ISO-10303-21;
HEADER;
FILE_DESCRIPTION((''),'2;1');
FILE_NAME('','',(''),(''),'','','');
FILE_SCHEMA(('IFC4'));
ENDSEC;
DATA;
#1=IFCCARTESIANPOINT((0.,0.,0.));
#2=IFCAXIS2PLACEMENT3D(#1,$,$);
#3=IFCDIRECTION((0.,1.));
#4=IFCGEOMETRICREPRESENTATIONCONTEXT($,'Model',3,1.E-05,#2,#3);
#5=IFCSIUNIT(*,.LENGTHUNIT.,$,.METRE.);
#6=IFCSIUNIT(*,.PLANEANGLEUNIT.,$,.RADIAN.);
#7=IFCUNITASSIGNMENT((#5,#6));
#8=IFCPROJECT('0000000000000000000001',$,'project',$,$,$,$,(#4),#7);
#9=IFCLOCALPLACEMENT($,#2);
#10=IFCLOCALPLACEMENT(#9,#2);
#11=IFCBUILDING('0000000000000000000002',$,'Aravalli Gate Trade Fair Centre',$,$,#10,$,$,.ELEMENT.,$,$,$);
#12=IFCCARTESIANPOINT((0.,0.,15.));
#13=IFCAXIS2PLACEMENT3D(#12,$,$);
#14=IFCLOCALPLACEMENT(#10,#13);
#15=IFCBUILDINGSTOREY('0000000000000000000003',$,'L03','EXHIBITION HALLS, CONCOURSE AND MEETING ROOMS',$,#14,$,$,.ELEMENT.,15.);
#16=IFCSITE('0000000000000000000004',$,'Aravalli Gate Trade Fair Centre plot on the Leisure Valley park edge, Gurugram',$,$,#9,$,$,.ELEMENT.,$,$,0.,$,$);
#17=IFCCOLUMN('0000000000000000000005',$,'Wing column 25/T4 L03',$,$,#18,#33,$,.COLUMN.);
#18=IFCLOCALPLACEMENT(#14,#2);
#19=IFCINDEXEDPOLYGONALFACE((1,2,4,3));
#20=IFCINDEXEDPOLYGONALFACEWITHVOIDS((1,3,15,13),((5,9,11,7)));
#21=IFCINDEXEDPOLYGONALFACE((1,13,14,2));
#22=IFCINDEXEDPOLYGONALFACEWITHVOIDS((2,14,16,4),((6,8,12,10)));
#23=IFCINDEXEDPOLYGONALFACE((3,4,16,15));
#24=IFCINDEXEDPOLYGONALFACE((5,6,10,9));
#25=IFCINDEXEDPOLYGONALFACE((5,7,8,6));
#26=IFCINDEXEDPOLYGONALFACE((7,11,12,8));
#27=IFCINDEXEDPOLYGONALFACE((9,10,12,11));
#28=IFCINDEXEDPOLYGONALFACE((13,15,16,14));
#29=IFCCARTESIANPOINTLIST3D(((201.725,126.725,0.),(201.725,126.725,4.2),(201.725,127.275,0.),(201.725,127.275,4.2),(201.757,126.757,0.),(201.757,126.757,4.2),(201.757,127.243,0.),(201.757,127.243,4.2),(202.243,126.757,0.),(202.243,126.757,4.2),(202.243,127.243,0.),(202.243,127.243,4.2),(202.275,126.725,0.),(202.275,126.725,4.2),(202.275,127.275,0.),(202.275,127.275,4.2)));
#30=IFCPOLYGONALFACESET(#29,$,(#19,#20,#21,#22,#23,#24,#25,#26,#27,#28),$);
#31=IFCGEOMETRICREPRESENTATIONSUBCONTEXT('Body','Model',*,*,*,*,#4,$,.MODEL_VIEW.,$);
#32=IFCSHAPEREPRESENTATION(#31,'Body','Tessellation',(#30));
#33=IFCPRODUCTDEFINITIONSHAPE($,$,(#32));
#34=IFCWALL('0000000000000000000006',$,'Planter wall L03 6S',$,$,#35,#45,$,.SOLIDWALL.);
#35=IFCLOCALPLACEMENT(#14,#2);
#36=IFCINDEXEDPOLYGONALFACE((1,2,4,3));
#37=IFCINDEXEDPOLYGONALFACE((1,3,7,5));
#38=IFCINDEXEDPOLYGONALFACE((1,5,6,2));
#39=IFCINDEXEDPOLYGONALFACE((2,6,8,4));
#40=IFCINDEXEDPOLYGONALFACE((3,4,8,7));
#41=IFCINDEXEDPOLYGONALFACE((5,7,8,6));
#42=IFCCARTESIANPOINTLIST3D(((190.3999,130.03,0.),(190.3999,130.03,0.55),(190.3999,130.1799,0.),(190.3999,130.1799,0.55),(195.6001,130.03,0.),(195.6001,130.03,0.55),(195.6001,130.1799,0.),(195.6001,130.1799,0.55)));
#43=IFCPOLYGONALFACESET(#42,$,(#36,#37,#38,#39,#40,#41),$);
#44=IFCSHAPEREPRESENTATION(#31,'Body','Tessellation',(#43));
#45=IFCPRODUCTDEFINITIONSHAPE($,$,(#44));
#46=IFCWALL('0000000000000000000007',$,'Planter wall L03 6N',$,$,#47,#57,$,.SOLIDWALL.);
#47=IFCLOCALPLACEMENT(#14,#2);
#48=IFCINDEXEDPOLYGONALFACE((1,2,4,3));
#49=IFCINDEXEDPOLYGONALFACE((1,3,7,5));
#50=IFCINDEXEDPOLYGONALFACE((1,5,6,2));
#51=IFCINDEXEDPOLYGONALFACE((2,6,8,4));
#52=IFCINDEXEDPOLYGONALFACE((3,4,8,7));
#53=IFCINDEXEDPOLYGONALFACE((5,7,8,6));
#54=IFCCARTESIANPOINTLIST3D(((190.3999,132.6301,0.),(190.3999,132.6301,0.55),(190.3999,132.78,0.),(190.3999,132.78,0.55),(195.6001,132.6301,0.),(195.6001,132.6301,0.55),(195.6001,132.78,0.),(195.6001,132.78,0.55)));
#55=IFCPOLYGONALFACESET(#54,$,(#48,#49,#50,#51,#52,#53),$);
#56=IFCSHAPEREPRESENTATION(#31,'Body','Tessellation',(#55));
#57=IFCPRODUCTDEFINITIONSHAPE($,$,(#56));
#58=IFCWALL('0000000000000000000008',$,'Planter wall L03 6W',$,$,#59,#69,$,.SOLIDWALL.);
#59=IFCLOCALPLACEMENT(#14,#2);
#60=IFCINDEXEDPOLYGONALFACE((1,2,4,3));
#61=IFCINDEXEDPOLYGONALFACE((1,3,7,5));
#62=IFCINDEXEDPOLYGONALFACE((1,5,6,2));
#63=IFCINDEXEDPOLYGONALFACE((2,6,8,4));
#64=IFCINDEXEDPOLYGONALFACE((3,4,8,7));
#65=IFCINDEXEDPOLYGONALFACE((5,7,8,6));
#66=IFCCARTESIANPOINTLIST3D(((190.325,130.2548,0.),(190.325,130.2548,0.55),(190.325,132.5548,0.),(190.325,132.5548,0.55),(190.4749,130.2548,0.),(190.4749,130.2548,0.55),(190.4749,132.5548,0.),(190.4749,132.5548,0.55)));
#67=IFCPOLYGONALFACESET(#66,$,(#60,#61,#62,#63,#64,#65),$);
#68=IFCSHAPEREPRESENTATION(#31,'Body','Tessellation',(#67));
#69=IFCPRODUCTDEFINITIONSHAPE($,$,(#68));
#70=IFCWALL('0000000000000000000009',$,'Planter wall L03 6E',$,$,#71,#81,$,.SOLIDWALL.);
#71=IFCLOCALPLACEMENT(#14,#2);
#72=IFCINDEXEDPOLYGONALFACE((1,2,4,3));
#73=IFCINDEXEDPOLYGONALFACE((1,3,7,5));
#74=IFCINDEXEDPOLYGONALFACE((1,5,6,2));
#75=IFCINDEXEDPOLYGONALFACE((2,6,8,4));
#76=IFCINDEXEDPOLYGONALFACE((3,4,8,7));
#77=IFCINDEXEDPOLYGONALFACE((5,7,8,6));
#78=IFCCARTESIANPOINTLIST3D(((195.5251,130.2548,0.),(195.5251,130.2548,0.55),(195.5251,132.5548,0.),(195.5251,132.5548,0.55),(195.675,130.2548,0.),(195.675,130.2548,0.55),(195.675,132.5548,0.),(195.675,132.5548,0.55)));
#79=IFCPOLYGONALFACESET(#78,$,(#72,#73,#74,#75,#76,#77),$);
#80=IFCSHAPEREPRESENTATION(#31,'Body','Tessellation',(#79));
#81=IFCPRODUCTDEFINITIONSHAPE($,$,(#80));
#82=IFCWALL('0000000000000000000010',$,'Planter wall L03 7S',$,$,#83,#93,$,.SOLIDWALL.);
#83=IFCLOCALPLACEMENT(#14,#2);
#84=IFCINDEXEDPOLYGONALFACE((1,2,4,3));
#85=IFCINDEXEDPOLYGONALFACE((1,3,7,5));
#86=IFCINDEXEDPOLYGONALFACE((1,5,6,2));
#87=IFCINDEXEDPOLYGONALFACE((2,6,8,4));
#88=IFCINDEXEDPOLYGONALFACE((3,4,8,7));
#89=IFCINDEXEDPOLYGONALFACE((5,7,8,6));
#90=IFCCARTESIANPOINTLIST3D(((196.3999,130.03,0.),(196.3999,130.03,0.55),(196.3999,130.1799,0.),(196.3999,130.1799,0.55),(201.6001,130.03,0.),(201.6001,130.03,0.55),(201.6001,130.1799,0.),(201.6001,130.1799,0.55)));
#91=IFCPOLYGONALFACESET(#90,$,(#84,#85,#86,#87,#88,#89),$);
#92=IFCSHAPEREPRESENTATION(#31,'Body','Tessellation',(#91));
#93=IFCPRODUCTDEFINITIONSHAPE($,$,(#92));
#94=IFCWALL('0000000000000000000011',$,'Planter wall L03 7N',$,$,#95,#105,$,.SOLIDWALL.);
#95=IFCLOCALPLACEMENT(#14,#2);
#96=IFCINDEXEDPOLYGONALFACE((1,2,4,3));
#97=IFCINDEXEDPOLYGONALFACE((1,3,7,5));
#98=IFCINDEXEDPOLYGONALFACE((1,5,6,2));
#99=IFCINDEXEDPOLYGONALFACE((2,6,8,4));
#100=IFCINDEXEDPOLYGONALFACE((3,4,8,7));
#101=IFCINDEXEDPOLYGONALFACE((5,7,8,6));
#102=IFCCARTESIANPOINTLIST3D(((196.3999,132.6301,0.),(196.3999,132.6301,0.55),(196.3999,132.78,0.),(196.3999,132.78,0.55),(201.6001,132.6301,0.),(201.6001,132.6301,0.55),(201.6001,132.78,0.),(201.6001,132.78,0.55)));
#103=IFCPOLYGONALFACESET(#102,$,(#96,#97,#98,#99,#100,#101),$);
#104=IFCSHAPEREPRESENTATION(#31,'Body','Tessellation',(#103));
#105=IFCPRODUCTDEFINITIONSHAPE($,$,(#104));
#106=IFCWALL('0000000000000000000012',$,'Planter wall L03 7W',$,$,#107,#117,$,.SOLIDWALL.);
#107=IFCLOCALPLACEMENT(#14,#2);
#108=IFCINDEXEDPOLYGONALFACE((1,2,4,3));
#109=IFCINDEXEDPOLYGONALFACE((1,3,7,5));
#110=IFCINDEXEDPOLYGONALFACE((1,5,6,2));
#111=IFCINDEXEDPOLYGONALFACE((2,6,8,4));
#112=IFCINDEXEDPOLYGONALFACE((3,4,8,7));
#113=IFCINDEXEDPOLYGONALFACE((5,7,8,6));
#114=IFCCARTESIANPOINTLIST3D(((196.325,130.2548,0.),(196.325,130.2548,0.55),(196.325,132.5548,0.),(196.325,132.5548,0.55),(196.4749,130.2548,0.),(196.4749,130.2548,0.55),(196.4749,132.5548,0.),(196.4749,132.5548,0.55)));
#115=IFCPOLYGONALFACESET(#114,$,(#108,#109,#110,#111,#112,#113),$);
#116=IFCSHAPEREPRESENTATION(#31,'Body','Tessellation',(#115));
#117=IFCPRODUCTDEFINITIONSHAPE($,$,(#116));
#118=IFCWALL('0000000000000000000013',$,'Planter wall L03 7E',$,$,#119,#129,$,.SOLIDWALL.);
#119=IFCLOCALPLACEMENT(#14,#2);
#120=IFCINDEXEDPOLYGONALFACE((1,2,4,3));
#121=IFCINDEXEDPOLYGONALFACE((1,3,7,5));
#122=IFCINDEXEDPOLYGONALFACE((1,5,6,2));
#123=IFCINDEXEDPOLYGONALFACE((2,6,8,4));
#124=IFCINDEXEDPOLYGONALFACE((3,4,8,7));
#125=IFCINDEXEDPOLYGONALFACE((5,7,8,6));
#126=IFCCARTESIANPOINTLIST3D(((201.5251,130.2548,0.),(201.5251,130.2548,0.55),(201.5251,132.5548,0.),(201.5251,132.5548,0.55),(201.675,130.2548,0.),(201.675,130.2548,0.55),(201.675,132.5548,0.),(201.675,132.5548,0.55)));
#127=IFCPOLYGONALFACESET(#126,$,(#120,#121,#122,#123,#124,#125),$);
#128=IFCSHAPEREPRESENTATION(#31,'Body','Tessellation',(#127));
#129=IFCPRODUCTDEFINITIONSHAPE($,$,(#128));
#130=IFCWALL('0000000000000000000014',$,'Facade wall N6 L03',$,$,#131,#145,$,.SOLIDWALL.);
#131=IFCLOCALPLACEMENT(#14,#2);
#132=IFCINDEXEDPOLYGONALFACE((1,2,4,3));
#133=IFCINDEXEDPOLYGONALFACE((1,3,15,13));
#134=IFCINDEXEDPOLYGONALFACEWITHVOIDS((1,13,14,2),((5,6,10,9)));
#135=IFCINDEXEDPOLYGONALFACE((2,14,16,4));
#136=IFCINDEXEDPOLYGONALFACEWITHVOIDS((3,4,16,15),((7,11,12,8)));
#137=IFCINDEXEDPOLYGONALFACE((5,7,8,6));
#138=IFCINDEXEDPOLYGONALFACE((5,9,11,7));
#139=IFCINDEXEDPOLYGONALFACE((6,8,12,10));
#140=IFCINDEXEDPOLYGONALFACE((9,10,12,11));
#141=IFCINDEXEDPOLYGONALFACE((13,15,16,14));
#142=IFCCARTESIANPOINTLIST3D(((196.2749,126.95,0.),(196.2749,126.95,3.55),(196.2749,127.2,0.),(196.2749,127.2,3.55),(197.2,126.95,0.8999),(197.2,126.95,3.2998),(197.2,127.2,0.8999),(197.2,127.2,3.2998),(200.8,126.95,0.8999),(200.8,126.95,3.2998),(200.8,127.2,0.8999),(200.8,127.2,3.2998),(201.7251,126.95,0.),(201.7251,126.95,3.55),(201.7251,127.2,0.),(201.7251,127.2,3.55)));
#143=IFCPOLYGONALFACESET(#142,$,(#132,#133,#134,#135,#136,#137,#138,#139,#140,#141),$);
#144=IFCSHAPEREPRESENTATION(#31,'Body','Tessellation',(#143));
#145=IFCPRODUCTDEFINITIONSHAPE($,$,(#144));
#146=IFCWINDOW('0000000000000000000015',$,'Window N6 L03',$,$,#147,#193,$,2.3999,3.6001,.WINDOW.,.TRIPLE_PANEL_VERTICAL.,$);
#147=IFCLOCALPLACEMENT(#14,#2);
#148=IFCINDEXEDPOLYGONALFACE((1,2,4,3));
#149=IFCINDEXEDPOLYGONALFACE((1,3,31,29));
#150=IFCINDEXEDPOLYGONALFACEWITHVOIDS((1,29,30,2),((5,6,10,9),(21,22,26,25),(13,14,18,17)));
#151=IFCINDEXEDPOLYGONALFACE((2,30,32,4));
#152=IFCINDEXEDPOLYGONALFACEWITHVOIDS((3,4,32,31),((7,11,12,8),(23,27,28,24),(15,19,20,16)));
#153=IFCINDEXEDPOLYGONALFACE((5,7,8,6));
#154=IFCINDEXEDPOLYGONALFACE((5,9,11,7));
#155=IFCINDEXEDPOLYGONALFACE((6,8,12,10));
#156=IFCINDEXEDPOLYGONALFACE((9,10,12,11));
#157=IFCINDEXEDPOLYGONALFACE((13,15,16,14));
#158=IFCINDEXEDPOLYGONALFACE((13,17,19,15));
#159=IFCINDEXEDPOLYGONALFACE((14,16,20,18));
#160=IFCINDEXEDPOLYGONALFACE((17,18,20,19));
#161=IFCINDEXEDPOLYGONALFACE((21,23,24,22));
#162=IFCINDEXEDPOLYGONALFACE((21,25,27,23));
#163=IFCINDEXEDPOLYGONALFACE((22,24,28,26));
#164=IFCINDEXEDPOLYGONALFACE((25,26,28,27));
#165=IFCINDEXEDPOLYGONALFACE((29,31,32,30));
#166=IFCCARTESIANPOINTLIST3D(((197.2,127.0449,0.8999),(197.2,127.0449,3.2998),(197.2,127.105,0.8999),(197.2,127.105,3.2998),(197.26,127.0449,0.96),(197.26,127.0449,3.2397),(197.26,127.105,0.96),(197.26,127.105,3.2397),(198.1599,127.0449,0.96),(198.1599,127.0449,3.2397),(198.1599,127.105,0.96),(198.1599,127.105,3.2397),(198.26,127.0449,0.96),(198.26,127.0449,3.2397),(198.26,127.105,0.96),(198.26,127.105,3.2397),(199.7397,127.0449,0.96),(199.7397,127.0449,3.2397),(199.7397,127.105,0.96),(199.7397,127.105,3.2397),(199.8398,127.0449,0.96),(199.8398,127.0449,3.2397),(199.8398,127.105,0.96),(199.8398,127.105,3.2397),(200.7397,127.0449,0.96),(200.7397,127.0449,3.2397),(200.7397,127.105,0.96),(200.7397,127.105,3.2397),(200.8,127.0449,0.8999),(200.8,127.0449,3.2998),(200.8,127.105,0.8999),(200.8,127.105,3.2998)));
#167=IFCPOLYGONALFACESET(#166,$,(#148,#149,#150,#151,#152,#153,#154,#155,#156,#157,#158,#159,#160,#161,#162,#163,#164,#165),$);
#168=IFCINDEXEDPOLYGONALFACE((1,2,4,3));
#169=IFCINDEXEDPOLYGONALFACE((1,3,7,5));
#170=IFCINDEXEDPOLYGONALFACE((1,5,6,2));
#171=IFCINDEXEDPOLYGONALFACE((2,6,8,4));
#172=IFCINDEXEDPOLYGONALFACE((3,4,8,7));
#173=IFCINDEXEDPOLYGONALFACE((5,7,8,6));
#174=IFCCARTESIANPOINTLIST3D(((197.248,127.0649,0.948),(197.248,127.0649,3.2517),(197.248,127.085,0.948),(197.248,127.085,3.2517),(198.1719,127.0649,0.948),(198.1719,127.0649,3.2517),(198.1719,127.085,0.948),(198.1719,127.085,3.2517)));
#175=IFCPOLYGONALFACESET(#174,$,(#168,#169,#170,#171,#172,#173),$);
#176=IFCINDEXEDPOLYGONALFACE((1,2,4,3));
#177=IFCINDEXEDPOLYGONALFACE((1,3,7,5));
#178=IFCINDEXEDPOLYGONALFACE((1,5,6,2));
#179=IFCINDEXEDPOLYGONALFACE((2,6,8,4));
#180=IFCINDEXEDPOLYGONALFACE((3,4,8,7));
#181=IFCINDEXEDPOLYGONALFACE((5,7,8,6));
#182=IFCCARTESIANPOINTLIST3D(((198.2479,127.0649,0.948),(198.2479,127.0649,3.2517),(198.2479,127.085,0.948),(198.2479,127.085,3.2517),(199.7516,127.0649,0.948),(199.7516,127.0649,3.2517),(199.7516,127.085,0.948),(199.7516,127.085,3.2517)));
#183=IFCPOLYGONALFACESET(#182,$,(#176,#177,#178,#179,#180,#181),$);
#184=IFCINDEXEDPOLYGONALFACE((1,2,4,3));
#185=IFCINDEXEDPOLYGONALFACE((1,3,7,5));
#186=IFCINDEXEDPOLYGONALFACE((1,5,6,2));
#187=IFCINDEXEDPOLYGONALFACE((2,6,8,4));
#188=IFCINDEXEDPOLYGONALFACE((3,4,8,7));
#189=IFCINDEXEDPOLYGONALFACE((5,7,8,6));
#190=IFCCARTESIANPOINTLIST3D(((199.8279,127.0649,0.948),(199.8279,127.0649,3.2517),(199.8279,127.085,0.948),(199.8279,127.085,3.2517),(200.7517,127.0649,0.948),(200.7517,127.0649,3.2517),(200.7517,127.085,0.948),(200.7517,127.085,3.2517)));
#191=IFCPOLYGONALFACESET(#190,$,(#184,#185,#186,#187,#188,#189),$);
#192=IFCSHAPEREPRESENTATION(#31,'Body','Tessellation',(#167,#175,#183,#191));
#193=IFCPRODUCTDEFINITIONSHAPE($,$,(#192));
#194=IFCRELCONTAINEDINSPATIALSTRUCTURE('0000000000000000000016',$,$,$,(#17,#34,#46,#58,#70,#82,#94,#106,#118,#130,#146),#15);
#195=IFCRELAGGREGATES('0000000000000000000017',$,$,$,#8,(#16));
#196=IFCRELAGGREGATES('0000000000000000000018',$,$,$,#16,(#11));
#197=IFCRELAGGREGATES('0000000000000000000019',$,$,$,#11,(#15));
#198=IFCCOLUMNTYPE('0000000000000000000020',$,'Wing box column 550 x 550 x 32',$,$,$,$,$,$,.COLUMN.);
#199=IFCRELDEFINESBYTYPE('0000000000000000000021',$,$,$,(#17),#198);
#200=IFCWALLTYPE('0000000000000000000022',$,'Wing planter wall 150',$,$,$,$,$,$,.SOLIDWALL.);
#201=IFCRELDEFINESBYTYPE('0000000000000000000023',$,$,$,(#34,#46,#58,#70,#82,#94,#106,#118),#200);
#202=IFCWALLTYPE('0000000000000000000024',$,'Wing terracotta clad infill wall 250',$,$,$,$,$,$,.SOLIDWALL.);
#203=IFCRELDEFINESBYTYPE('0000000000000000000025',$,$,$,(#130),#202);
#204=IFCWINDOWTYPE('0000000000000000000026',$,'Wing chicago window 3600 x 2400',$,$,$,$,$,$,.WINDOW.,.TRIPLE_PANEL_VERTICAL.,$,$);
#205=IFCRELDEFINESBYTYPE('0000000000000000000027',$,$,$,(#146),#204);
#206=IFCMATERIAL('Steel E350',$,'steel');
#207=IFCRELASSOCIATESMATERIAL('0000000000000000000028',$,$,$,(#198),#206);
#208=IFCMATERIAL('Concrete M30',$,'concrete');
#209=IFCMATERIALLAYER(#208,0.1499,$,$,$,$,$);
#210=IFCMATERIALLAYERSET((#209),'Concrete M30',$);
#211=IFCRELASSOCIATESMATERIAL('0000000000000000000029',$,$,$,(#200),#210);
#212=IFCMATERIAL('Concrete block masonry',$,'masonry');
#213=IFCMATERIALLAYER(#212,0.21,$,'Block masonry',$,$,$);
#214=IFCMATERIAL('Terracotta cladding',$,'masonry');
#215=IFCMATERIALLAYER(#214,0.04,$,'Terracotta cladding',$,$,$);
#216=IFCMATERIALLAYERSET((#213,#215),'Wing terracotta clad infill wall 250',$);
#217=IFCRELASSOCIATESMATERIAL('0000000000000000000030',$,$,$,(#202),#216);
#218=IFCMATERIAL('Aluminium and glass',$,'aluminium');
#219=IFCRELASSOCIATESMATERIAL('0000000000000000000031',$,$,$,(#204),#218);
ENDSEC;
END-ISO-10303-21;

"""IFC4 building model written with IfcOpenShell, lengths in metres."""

from ifc_helpers import new_model, si_unit, direction, frame, frame_2d, origin, origin_2d, place, context, subcontext, project, spatial, polyline, rectangle, hollow_rectangle, outline, extrude, material, layer, layer_set, material_profile, profile_set, type_object, element, fill, save


model = new_model("IFC4")

# Units and contexts
model_context = context("Model", 3, precision=1e-05, world=origin(), true_north=direction((0.0, 1.0)))
body_context = subcontext(model_context, "Body", "Model", "MODEL_VIEW")
ifc_project = project(units=[si_unit("LENGTHUNIT", "METRE"), si_unit("PLANEANGLEUNIT", "RADIAN")], contexts=[model_context])

# Site, building, storey
site_placement = place(None, origin())
site = spatial("IfcSite", under=ifc_project, at=site_placement, Name="Aravalli Gate Trade Fair Centre plot on the Leisure Valley park edge, Gurugram", CompositionType="ELEMENT", RefElevation=0.0)
building_placement = place(site_placement, origin())
building = spatial("IfcBuilding", under=site, at=building_placement, Name="Aravalli Gate Trade Fair Centre", CompositionType="ELEMENT")
storey_placement = place(building_placement, frame((0.0, 0.0, 15.0)))
storey = spatial("IfcBuildingStorey", under=building, at=storey_placement, Name="L03", Description="EXHIBITION HALLS, CONCOURSE AND MEETING ROOMS", CompositionType="ELEMENT", Elevation=15.0)

# Column
ifc_material_1 = material(Name="Steel E350", Category="steel")
ifc_material_profile = material_profile(ifc_material_1, hollow_rectangle(XDim=0.55, YDim=0.55, WallThickness=0.032, at=origin_2d()), Name="BOX 550x550x32")
ifc_profile_set = profile_set([ifc_material_profile], Name="Steel E350")
column_type = type_object("IfcColumnType", Name="Wing box column 550 x 550 x 32", PredefinedType="COLUMN", material=ifc_profile_set)
column_placement = place(storey_placement, frame((202.0, 127.0, 0.0), z_axis=(0.0, 0.0, 1.0), x_axis=(1.0, 0.0, 0.0)))
element("IfcColumn", 1, at=column_placement, inside=storey, type_object=column_type, Name="Wing column 25/T4 L03", PredefinedType="COLUMN", context=body_context, shape_type="SweptSolid", body=[
    extrude(hollow_rectangle(XDim=0.55, YDim=0.55, WallThickness=0.032, at=origin_2d()), origin(), (0.0, 0.0, 1.0), 4.2),
])

# Walls
ifc_material_2 = material(Name="Concrete M30", Category="concrete")
ifc_layer_1 = layer(ifc_material_2, 0.1499)
ifc_layer_set_1 = layer_set([ifc_layer_1], Name="Concrete M30")
wall_type_1 = type_object("IfcWallType", Name="Wing planter wall 150", PredefinedType="SOLIDWALL", material=ifc_layer_set_1)
for number, where, z_axis, x_axis, name in (
    (2, (190.3999, 130.105, 0.0), (0.0, 0.0, 1.0), (1.0, 0.0, 0.0), "Planter wall L03 6S"),
    (3, (190.3999, 132.7051, 0.0), (0.0, 0.0, 1.0), (1.0, 0.0, 0.0), "Planter wall L03 6N"),
):
    element("IfcWall", number, at=place(storey_placement, frame(where, z_axis=z_axis, x_axis=x_axis)), inside=storey, type_object=wall_type_1, Name=name, PredefinedType="SOLIDWALL", context=body_context, shape_type="SweptSolid", body=[
        extrude(rectangle(XDim=5.2002, YDim=0.1499, at=frame_2d((2.6001, 0.0))), origin(), (0.0, 0.0, 1.0), 0.55),
    ])
for number, where, z_axis, x_axis, name in (
    (4, (190.3999, 130.2549, 0.0), (0.0, 0.0, 1.0), (0.0, 1.0, 0.0), "Planter wall L03 6W"),
    (5, (195.6001, 130.2549, 0.0), (0.0, 0.0, 1.0), (0.0, 1.0, 0.0), "Planter wall L03 6E"),
):
    element("IfcWall", number, at=place(storey_placement, frame(where, z_axis=z_axis, x_axis=x_axis)), inside=storey, type_object=wall_type_1, Name=name, PredefinedType="SOLIDWALL", context=body_context, shape_type="SweptSolid", body=[
        extrude(rectangle(XDim=2.3, YDim=0.1499, at=frame_2d((1.1499, 0.0))), origin(), (0.0, 0.0, 1.0), 0.55),
    ])
for number, where, z_axis, x_axis, name in (
    (6, (196.3999, 130.105, 0.0), (0.0, 0.0, 1.0), (1.0, 0.0, 0.0), "Planter wall L03 7S"),
    (7, (196.3999, 132.7051, 0.0), (0.0, 0.0, 1.0), (1.0, 0.0, 0.0), "Planter wall L03 7N"),
):
    element("IfcWall", number, at=place(storey_placement, frame(where, z_axis=z_axis, x_axis=x_axis)), inside=storey, type_object=wall_type_1, Name=name, PredefinedType="SOLIDWALL", context=body_context, shape_type="SweptSolid", body=[
        extrude(rectangle(XDim=5.2002, YDim=0.1499, at=frame_2d((2.6001, 0.0))), origin(), (0.0, 0.0, 1.0), 0.55),
    ])
for number, where, z_axis, x_axis, name in (
    (8, (196.3999, 130.2549, 0.0), (0.0, 0.0, 1.0), (0.0, 1.0, 0.0), "Planter wall L03 7W"),
    (9, (201.6001, 130.2549, 0.0), (0.0, 0.0, 1.0), (0.0, 1.0, 0.0), "Planter wall L03 7E"),
):
    element("IfcWall", number, at=place(storey_placement, frame(where, z_axis=z_axis, x_axis=x_axis)), inside=storey, type_object=wall_type_1, Name=name, PredefinedType="SOLIDWALL", context=body_context, shape_type="SweptSolid", body=[
        extrude(rectangle(XDim=2.3, YDim=0.1499, at=frame_2d((1.1499, 0.0))), origin(), (0.0, 0.0, 1.0), 0.55),
    ])

# Wall, opening, window
ifc_material_3 = material(Name="Concrete block masonry", Category="masonry")
ifc_layer_2 = layer(ifc_material_3, 0.21, Name="Block masonry")
ifc_material_4 = material(Name="Terracotta cladding", Category="masonry")
ifc_layer_3 = layer(ifc_material_4, 0.04, Name="Terracotta cladding")
ifc_layer_set_2 = layer_set([ifc_layer_2, ifc_layer_3], Name="Wing terracotta clad infill wall 250")
wall_type_2 = type_object("IfcWallType", Name="Wing terracotta clad infill wall 250", PredefinedType="SOLIDWALL", material=ifc_layer_set_2)
wall_1_placement = place(storey_placement, frame((196.2749, 127.075, 0.0), z_axis=(0.0, 0.0, 1.0), x_axis=(1.0, 0.0, 0.0)))
wall_1 = element("IfcWall", 10, at=wall_1_placement, inside=storey, type_object=wall_type_2, Name="Facade wall N6 L03", PredefinedType="SOLIDWALL", context=body_context, shape_type="SweptSolid", body=[
    extrude(rectangle(XDim=5.4502, YDim=0.25, at=frame_2d((2.7251, 0.0))), origin(), (0.0, 0.0, 1.0), 3.55),
])
opening_1_placement = place(wall_1_placement, frame((0.925, 0.0, 0.8999)))
opening_1 = element("IfcOpeningElement", 11, at=opening_1_placement, cuts=wall_1, PredefinedType="OPENING", context=body_context, shape_type="SweptSolid", body=[
    extrude(rectangle(XDim=3.6001, YDim=2.3999, at=frame_2d((1.8, 1.2))), frame((0.0, 0.135, 0.0), z_axis=(0.0, -1.0, 0.0), x_axis=(1.0, 0.0, 0.0)), (0.0, 0.0, 1.0), 0.27),
])
ifc_material_5 = material(Name="Aluminium and glass", Category="aluminium")
window_type = type_object("IfcWindowType", Name="Wing chicago window 3600 x 2400", PartitioningType="TRIPLE_PANEL_VERTICAL", PredefinedType="WINDOW", material=ifc_material_5)
window_1_placement = place(opening_1_placement, origin())
window_1 = element("IfcWindow", 12, at=window_1_placement, inside=storey, type_object=window_type, Name="Window N6 L03", OverallHeight=2.3999, OverallWidth=3.6001, PartitioningType="TRIPLE_PANEL_VERTICAL", PredefinedType="WINDOW", context=body_context, shape_type="SweptSolid", body=[
    extrude(outline(polyline([(0.0, 0.0), (3.6001, 0.0), (3.6001, 2.3999), (0.0, 2.3999), (0.0, 0.0)]), holes=[polyline([(0.0601, 0.0601), (0.96, 0.0601), (0.96, 2.3398), (0.0601, 2.3398), (0.0601, 0.0601)]), polyline([(1.0601, 0.0601), (2.5398, 0.0601), (2.5398, 2.3398), (1.0601, 2.3398), (1.0601, 0.0601)]), polyline([(2.6399, 0.0601), (3.5398, 0.0601), (3.5398, 2.3398), (2.6399, 2.3398), (2.6399, 0.0601)])]), frame((0.0, 0.03, 0.0), z_axis=(0.0, -1.0, 0.0), x_axis=(1.0, 0.0, 0.0)), (0.0, 0.0, 1.0), 0.0601),
    extrude(rectangle(XDim=0.9238, YDim=2.3037, at=frame_2d((0.51, 1.2))), frame((0.0, 0.01, 0.0), z_axis=(0.0, -1.0, 0.0), x_axis=(1.0, 0.0, 0.0)), (0.0, 0.0, 1.0), 0.02),
    extrude(rectangle(XDim=1.5037, YDim=2.3037, at=frame_2d((1.7998, 1.2))), frame((0.0, 0.01, 0.0), z_axis=(0.0, -1.0, 0.0), x_axis=(1.0, 0.0, 0.0)), (0.0, 0.0, 1.0), 0.02),
    extrude(rectangle(XDim=0.9238, YDim=2.3037, at=frame_2d((3.0898, 1.2))), frame((0.0, 0.01, 0.0), z_axis=(0.0, -1.0, 0.0), x_axis=(1.0, 0.0, 0.0)), (0.0, 0.0, 1.0), 0.02),
])
fill(opening_1, window_1)

save(model, "model.ifc")
